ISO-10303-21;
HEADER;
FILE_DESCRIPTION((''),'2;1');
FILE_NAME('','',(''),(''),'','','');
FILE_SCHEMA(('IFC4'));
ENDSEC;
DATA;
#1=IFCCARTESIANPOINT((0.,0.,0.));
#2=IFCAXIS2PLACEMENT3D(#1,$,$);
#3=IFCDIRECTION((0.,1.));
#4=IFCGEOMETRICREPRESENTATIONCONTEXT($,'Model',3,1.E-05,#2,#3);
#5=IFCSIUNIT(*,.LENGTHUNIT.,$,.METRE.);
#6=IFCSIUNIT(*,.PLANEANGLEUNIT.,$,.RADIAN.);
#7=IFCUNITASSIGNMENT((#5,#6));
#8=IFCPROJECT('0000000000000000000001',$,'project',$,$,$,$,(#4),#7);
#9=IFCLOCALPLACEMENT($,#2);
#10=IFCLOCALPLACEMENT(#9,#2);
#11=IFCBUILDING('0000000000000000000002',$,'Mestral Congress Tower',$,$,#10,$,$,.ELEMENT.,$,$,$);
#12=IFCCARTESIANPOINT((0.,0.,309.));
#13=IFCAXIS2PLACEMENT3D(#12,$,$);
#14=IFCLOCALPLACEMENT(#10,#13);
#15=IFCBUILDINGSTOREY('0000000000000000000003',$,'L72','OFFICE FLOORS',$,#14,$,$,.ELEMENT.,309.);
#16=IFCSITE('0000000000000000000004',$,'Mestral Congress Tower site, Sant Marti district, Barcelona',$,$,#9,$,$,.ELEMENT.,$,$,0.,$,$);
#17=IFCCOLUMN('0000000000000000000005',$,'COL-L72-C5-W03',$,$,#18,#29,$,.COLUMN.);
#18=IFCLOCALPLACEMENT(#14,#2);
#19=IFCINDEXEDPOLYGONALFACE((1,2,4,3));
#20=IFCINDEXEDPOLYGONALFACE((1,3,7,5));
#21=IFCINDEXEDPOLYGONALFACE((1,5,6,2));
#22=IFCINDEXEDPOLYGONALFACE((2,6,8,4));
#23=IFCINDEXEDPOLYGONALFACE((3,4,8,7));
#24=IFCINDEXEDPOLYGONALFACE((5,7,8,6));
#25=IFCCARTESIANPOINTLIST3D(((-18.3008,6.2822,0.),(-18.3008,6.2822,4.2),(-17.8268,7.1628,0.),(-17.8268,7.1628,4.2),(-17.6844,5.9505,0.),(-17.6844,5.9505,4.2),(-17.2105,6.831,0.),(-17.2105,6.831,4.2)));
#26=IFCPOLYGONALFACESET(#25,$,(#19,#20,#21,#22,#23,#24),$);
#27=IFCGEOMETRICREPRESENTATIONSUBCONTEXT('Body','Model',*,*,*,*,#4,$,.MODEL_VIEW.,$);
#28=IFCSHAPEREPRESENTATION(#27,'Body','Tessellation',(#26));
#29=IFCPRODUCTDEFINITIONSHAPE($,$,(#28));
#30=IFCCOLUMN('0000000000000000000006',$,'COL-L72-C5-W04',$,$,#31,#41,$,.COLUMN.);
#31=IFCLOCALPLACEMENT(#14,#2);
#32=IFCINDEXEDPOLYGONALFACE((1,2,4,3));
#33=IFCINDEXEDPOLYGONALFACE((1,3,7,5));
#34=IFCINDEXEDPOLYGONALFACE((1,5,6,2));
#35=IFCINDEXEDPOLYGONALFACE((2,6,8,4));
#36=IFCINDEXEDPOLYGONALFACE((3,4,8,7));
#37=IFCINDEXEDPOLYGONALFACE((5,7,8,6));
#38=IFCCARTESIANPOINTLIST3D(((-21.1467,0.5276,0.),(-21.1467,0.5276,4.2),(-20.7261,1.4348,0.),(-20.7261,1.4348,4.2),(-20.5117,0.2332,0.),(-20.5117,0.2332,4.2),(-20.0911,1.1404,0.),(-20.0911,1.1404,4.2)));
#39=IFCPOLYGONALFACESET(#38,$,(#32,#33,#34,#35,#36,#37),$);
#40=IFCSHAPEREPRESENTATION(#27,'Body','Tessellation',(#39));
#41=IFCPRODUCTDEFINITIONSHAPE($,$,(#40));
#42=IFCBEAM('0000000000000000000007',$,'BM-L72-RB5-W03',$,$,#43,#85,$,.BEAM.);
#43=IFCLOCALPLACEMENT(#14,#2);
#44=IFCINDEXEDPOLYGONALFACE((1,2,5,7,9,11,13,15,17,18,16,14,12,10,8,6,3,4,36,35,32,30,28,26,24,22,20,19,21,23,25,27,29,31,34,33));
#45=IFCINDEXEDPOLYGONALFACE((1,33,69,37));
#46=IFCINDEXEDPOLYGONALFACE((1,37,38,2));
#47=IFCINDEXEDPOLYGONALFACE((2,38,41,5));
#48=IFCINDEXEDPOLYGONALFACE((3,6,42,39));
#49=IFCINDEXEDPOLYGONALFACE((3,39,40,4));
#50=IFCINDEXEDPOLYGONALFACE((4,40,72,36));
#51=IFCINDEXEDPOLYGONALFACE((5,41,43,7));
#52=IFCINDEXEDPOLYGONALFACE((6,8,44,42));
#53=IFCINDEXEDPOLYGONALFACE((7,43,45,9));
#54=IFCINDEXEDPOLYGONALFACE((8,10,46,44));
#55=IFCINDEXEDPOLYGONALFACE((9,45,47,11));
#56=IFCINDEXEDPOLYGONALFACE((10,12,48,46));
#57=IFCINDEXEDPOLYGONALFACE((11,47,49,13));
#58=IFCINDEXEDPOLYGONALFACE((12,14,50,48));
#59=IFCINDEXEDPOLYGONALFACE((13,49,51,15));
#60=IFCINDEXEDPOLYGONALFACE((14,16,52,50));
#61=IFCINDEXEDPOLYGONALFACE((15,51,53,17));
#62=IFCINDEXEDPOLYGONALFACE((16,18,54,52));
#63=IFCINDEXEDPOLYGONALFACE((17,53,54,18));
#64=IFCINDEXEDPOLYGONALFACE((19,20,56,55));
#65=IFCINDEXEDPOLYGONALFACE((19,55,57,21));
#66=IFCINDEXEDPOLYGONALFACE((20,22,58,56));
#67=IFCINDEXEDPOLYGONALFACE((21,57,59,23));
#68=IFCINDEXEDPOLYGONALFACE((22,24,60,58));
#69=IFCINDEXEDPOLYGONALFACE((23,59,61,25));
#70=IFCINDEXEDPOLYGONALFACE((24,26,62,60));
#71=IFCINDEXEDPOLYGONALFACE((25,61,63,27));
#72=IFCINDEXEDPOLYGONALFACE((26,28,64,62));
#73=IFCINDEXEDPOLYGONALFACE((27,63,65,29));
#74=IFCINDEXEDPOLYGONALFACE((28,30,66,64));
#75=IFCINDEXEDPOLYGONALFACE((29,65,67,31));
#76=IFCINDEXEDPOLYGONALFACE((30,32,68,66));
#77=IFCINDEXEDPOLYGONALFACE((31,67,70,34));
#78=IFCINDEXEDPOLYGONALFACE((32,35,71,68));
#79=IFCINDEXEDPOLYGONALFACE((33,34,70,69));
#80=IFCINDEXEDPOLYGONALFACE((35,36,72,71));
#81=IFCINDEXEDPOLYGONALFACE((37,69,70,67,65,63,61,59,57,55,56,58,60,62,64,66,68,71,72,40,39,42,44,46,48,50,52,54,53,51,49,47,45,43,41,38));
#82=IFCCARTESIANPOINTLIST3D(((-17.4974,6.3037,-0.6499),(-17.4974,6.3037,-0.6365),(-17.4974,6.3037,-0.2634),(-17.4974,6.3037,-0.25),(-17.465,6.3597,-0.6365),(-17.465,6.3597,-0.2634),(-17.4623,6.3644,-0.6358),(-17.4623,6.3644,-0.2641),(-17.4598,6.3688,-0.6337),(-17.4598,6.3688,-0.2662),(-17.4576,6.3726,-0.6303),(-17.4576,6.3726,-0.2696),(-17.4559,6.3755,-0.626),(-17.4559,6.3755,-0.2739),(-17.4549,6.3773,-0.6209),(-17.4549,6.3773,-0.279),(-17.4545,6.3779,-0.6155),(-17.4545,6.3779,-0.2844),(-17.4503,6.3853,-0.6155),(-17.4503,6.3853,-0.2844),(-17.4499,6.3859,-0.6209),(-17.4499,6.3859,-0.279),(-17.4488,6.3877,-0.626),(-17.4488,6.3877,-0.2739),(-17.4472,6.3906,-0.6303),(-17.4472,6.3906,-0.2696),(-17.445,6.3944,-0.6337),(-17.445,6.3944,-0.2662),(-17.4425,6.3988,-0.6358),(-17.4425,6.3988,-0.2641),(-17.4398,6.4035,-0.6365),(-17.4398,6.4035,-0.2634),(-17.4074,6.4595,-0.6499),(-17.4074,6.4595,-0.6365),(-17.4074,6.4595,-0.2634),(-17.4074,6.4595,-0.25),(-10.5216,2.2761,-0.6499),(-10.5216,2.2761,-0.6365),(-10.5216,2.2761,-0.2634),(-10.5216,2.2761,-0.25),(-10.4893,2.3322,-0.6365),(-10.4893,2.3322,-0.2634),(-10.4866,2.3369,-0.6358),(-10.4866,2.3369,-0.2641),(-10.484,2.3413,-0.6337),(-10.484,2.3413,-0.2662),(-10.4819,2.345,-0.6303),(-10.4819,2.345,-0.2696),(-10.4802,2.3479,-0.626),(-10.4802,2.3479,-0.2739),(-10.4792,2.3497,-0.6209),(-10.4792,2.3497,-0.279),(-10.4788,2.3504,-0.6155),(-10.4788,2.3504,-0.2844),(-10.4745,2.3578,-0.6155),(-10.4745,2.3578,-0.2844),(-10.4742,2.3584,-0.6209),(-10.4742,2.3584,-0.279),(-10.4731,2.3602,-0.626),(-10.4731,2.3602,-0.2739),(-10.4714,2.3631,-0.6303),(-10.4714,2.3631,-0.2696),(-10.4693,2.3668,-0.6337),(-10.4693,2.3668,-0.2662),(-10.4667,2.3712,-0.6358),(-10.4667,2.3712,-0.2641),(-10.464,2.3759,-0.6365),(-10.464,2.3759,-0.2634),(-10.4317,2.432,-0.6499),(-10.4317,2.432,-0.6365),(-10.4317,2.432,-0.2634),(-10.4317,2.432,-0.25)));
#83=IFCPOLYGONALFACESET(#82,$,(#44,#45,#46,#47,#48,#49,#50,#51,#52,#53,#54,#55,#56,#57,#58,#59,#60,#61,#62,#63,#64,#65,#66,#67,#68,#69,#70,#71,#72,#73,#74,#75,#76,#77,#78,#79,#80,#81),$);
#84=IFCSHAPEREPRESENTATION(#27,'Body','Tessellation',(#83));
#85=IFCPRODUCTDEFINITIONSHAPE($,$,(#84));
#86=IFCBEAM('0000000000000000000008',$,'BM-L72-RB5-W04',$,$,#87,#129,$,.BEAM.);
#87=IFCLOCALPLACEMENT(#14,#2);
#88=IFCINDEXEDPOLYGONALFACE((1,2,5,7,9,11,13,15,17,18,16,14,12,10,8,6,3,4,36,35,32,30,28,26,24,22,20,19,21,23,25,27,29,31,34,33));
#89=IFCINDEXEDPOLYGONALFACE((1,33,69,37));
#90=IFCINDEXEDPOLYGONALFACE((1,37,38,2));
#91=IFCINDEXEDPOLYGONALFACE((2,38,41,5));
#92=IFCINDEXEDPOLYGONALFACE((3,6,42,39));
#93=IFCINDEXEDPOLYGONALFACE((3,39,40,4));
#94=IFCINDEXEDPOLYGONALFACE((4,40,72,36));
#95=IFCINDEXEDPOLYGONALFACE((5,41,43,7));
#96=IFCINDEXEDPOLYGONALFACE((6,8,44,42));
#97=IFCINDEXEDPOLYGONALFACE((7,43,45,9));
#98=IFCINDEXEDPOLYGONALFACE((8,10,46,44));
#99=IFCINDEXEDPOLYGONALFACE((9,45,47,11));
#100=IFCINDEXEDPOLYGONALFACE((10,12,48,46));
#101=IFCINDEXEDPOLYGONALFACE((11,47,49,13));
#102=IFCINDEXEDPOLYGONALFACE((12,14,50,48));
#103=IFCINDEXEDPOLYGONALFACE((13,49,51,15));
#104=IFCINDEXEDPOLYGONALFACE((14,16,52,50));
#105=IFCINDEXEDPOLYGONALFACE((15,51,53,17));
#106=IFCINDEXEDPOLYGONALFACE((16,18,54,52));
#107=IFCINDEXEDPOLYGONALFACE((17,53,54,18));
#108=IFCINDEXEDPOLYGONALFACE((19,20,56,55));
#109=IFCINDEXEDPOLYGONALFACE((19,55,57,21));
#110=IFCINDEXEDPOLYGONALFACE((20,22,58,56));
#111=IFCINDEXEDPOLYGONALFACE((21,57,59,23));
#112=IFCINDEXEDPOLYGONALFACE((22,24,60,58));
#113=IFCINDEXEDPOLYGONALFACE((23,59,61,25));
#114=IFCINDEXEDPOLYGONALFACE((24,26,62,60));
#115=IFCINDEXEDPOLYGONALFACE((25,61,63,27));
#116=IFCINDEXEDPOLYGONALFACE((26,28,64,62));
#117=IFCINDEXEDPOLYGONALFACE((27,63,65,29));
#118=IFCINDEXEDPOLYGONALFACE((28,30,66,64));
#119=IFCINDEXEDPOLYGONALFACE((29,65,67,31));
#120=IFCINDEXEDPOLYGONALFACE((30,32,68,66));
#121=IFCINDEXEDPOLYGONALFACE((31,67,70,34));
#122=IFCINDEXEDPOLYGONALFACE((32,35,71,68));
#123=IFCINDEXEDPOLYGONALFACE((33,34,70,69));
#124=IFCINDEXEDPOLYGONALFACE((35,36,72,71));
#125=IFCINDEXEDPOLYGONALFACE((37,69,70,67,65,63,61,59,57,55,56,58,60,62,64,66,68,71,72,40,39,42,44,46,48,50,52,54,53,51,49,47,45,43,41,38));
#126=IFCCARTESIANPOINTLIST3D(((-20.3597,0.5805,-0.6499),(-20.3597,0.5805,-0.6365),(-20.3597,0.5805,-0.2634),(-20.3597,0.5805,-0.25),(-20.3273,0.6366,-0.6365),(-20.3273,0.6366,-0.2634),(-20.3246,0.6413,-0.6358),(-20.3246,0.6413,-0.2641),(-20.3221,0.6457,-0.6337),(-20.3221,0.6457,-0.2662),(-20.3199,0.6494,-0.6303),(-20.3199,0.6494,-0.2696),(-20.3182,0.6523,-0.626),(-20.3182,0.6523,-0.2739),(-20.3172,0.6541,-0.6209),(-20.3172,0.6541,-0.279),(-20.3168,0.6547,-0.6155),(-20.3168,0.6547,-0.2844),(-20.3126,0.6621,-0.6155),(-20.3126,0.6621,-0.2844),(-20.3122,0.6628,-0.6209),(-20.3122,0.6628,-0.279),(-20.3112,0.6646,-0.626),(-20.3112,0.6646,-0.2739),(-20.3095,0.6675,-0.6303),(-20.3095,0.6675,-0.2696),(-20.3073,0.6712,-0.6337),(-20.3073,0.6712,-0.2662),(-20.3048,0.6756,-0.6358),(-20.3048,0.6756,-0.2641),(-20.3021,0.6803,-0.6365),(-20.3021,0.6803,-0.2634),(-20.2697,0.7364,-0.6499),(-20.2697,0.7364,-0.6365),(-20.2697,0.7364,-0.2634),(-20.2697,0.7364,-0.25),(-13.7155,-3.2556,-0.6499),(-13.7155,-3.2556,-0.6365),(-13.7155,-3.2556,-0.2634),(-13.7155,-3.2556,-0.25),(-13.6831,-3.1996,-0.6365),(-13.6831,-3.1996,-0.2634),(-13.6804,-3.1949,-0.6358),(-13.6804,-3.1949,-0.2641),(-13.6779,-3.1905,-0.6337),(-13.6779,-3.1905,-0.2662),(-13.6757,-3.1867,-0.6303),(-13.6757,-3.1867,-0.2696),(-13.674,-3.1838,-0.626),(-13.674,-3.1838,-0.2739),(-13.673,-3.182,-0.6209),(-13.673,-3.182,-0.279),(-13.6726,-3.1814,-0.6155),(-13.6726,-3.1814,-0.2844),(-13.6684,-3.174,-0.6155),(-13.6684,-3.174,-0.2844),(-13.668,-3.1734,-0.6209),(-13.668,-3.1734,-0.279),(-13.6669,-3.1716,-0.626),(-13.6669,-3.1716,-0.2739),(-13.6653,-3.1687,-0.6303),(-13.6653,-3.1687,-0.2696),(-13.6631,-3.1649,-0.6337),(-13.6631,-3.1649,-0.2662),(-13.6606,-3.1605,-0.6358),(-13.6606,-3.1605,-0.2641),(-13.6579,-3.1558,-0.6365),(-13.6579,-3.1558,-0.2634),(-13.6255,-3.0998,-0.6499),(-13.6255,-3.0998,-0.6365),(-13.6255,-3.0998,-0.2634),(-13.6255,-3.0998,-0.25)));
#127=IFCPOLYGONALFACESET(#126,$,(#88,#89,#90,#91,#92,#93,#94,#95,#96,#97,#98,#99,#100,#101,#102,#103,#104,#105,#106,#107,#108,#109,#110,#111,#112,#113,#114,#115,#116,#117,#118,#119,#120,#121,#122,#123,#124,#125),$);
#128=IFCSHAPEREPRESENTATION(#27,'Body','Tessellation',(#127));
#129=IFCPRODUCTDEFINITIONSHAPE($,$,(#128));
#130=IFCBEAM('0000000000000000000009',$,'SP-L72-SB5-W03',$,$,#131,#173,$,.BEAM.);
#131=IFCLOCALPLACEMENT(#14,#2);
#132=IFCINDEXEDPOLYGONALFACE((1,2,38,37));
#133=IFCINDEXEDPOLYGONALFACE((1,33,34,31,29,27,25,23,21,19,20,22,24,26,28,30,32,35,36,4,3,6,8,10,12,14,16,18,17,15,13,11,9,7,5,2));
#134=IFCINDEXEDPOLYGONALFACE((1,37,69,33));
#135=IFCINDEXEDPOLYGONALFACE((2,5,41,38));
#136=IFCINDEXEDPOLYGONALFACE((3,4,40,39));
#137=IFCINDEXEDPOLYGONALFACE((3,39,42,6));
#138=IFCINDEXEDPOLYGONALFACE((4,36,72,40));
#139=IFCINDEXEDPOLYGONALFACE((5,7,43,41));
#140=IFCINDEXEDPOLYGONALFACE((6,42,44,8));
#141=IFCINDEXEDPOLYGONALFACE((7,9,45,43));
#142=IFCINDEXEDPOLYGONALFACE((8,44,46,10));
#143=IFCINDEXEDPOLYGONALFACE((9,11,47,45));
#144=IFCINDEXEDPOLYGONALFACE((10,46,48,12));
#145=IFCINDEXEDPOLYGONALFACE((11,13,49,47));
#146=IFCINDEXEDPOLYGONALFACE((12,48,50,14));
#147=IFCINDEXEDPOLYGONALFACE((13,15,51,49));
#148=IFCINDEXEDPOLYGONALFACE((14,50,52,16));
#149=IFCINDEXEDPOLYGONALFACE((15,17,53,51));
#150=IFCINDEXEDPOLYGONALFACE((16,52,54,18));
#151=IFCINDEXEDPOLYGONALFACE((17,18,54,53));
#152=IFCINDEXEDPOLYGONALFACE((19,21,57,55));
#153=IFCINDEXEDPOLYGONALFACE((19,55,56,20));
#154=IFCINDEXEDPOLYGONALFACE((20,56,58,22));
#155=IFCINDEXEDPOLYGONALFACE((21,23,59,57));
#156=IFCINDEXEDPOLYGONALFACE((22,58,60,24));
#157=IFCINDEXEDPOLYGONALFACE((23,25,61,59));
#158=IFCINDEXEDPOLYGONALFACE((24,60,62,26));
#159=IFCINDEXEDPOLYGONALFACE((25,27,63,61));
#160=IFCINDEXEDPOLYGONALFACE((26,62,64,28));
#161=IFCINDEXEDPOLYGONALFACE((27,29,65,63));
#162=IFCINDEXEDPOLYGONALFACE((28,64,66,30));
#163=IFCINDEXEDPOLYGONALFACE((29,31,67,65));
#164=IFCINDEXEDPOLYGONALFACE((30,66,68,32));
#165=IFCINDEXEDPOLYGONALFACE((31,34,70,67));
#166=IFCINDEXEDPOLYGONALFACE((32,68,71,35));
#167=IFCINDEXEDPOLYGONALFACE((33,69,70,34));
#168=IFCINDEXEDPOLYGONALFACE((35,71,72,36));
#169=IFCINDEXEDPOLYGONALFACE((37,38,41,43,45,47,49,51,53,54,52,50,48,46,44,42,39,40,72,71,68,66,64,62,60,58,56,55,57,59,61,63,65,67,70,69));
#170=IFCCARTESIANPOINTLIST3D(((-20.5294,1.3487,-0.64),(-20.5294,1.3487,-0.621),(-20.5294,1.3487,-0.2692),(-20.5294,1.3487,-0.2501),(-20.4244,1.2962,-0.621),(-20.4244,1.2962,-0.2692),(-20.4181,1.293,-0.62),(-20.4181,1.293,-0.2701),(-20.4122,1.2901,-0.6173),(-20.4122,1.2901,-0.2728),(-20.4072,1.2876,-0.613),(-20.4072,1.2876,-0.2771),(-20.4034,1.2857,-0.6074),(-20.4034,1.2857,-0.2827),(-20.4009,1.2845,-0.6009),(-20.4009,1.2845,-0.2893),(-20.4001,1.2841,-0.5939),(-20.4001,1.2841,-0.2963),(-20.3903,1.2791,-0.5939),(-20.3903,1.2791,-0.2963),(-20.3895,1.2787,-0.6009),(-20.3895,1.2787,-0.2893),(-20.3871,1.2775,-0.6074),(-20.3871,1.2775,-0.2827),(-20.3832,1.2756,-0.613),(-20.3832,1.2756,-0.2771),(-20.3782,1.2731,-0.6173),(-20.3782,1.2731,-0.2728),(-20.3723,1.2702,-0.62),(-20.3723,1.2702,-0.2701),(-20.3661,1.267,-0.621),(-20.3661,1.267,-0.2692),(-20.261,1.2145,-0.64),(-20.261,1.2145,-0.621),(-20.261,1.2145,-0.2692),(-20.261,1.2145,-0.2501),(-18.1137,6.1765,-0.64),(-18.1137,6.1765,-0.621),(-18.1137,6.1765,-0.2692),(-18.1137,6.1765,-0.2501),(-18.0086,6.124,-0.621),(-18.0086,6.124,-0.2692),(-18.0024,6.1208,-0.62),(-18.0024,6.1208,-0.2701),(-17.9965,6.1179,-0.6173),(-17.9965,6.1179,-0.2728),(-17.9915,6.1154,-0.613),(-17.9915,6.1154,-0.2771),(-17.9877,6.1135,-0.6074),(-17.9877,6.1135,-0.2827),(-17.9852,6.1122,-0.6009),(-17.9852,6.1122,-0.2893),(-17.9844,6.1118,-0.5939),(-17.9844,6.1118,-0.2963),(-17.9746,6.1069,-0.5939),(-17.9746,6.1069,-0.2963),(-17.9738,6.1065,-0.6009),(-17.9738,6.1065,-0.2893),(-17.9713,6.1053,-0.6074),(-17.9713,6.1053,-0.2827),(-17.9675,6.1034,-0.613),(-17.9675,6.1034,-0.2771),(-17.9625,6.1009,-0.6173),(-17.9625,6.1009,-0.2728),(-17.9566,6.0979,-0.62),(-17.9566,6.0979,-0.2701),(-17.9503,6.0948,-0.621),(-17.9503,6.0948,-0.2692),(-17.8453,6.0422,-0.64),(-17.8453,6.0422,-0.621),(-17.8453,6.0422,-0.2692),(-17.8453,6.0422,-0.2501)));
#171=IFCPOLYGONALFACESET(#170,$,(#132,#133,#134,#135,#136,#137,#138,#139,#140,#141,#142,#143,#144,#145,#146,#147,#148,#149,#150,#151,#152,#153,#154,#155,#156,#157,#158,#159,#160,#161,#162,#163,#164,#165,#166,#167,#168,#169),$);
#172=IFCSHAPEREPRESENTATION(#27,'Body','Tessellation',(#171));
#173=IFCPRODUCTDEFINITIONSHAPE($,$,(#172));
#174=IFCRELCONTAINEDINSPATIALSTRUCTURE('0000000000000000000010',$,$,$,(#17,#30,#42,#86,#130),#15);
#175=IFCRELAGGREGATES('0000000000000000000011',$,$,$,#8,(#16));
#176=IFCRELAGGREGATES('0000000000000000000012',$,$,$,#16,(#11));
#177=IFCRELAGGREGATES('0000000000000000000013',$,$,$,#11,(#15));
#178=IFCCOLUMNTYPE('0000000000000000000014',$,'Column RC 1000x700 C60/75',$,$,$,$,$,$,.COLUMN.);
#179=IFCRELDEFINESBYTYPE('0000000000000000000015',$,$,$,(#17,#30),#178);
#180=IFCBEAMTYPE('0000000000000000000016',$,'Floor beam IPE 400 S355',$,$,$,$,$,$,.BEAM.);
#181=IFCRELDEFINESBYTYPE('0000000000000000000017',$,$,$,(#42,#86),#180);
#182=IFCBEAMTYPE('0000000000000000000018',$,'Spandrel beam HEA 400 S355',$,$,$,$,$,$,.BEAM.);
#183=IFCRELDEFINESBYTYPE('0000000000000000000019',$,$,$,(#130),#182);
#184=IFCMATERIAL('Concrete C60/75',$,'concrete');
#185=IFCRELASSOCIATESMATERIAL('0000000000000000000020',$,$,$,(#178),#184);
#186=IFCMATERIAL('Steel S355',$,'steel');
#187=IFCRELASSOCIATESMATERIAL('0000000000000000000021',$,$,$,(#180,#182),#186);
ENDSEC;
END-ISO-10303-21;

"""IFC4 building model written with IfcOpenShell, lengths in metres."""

from ifc_helpers import new_model, si_unit, direction, frame, origin, origin_2d, place, context, subcontext, project, spatial, rectangle, i_section, extrude, material, material_profile, profile_set, type_object, element, save


model = new_model("IFC4")

# Units and contexts
model_context = context("Model", 3, precision=1e-05, world=origin(), true_north=direction((0.0, 1.0)))
body_context = subcontext(model_context, "Body", "Model", "MODEL_VIEW")
ifc_project = project(units=[si_unit("LENGTHUNIT", "METRE"), si_unit("PLANEANGLEUNIT", "RADIAN")], contexts=[model_context])

# Site, building, storey
site_placement = place(None, origin())
site = spatial("IfcSite", under=ifc_project, at=site_placement, Name="Mestral Congress Tower site, Sant Marti district, Barcelona", CompositionType="ELEMENT", RefElevation=0.0)
building_placement = place(site_placement, origin())
building = spatial("IfcBuilding", under=site, at=building_placement, Name="Mestral Congress Tower", CompositionType="ELEMENT")
storey_placement = place(building_placement, frame((0.0, 0.0, 309.0)))
storey = spatial("IfcBuildingStorey", under=building, at=storey_placement, Name="L72", Description="OFFICE FLOORS", CompositionType="ELEMENT", Elevation=309.0)

# Columns
ifc_material_1 = material(Name="Concrete C60/75", Category="concrete")
ifc_material_profile_1 = material_profile(ifc_material_1, rectangle(XDim=1.0, YDim=0.7, at=origin_2d()), Name="RC 1000x700")
ifc_profile_set_1 = profile_set([ifc_material_profile_1], Name="Concrete C60/75")
column_type = type_object("IfcColumnType", Name="Column RC 1000x700 C60/75", PredefinedType="COLUMN", material=ifc_profile_set_1)
for number, where, z_axis, x_axis, name in (
    (1, (-17.7556, 6.5566, 0.0), (0.0, 0.0, 1.0), (-0.473945, -0.880554, 0.0), "COL-L72-C5-W03"),
    (2, (-20.6189, 0.834, 0.0), (0.0, 0.0, 1.0), (-0.420596, -0.907248, 0.0), "COL-L72-C5-W04"),
):
    element("IfcColumn", number, at=place(storey_placement, frame(where, z_axis=z_axis, x_axis=x_axis)), inside=storey, type_object=column_type, Name=name, PredefinedType="COLUMN", context=body_context, shape_type="SweptSolid", body=[
        extrude(rectangle(XDim=1.0, YDim=0.7, at=origin_2d()), origin(), (0.0, 0.0, 1.0), 4.2),
    ])

# Beams
ifc_material_2 = material(Name="Steel S355", Category="steel")
ifc_material_profile_2 = material_profile(ifc_material_2, i_section(OverallWidth=0.1799, OverallDepth=0.3999, WebThickness=0.0085, FlangeThickness=0.0134, FilletRadius=0.021, at=origin_2d()), Name="IPE 400")
ifc_profile_set_2 = profile_set([ifc_material_profile_2], Name="Steel S355")
beam_type_1 = type_object("IfcBeamType", Name="Floor beam IPE 400 S355", PredefinedType="BEAM", material=ifc_profile_set_2)
beam_1_placement = place(storey_placement, frame((-17.4524, 6.3816, -0.45), z_axis=(0.866021, -0.500008, 0.0), x_axis=(0.500008, 0.866021, 0.0)))
element("IfcBeam", 3, at=beam_1_placement, inside=storey, type_object=beam_type_1, Name="BM-L72-RB5-W03", PredefinedType="BEAM", context=body_context, shape_type="SweptSolid", body=[
    extrude(i_section(OverallWidth=0.1799, OverallDepth=0.3999, WebThickness=0.0085, FlangeThickness=0.0134, FilletRadius=0.021, at=origin_2d()), origin(), (0.0, 0.0, 1.0), 8.0549),
])
beam_2_placement = place(storey_placement, frame((-20.3147, 0.6584, -0.45), z_axis=(0.86602, -0.50001, 0.0), x_axis=(0.50001, 0.86602, 0.0)))
element("IfcBeam", 4, at=beam_2_placement, inside=storey, type_object=beam_type_1, Name="BM-L72-RB5-W04", PredefinedType="BEAM", context=body_context, shape_type="SweptSolid", body=[
    extrude(i_section(OverallWidth=0.1799, OverallDepth=0.3999, WebThickness=0.0085, FlangeThickness=0.0134, FilletRadius=0.021, at=origin_2d()), origin(), (0.0, 0.0, 1.0), 7.6721),
])
ifc_material_profile_3 = material_profile(ifc_material_2, i_section(OverallWidth=0.3, OverallDepth=0.3899, WebThickness=0.011, FlangeThickness=0.019, FilletRadius=0.0271, at=origin_2d()), Name="HEA 400")
ifc_profile_set_3 = profile_set([ifc_material_profile_3], Name="Steel S355")
beam_type_2 = type_object("IfcBeamType", Name="Spandrel beam HEA 400 S355", PredefinedType="BEAM", material=ifc_profile_set_3)
beam_3_placement = place(storey_placement, frame((-17.9795, 6.1094, -0.4451), z_axis=(-0.447485, -0.894291, 0.0), x_axis=(0.894291, -0.447485, 0.0)))
element("IfcBeam", 5, at=beam_3_placement, inside=storey, type_object=beam_type_2, Name="SP-L72-SB5-W03", PredefinedType="BEAM", context=body_context, shape_type="SweptSolid", body=[
    extrude(i_section(OverallWidth=0.3, OverallDepth=0.3899, WebThickness=0.011, FlangeThickness=0.019, FilletRadius=0.0271, at=origin_2d()), origin(), (0.0, 0.0, 1.0), 5.3984),
])

save(model, "model.ifc")
